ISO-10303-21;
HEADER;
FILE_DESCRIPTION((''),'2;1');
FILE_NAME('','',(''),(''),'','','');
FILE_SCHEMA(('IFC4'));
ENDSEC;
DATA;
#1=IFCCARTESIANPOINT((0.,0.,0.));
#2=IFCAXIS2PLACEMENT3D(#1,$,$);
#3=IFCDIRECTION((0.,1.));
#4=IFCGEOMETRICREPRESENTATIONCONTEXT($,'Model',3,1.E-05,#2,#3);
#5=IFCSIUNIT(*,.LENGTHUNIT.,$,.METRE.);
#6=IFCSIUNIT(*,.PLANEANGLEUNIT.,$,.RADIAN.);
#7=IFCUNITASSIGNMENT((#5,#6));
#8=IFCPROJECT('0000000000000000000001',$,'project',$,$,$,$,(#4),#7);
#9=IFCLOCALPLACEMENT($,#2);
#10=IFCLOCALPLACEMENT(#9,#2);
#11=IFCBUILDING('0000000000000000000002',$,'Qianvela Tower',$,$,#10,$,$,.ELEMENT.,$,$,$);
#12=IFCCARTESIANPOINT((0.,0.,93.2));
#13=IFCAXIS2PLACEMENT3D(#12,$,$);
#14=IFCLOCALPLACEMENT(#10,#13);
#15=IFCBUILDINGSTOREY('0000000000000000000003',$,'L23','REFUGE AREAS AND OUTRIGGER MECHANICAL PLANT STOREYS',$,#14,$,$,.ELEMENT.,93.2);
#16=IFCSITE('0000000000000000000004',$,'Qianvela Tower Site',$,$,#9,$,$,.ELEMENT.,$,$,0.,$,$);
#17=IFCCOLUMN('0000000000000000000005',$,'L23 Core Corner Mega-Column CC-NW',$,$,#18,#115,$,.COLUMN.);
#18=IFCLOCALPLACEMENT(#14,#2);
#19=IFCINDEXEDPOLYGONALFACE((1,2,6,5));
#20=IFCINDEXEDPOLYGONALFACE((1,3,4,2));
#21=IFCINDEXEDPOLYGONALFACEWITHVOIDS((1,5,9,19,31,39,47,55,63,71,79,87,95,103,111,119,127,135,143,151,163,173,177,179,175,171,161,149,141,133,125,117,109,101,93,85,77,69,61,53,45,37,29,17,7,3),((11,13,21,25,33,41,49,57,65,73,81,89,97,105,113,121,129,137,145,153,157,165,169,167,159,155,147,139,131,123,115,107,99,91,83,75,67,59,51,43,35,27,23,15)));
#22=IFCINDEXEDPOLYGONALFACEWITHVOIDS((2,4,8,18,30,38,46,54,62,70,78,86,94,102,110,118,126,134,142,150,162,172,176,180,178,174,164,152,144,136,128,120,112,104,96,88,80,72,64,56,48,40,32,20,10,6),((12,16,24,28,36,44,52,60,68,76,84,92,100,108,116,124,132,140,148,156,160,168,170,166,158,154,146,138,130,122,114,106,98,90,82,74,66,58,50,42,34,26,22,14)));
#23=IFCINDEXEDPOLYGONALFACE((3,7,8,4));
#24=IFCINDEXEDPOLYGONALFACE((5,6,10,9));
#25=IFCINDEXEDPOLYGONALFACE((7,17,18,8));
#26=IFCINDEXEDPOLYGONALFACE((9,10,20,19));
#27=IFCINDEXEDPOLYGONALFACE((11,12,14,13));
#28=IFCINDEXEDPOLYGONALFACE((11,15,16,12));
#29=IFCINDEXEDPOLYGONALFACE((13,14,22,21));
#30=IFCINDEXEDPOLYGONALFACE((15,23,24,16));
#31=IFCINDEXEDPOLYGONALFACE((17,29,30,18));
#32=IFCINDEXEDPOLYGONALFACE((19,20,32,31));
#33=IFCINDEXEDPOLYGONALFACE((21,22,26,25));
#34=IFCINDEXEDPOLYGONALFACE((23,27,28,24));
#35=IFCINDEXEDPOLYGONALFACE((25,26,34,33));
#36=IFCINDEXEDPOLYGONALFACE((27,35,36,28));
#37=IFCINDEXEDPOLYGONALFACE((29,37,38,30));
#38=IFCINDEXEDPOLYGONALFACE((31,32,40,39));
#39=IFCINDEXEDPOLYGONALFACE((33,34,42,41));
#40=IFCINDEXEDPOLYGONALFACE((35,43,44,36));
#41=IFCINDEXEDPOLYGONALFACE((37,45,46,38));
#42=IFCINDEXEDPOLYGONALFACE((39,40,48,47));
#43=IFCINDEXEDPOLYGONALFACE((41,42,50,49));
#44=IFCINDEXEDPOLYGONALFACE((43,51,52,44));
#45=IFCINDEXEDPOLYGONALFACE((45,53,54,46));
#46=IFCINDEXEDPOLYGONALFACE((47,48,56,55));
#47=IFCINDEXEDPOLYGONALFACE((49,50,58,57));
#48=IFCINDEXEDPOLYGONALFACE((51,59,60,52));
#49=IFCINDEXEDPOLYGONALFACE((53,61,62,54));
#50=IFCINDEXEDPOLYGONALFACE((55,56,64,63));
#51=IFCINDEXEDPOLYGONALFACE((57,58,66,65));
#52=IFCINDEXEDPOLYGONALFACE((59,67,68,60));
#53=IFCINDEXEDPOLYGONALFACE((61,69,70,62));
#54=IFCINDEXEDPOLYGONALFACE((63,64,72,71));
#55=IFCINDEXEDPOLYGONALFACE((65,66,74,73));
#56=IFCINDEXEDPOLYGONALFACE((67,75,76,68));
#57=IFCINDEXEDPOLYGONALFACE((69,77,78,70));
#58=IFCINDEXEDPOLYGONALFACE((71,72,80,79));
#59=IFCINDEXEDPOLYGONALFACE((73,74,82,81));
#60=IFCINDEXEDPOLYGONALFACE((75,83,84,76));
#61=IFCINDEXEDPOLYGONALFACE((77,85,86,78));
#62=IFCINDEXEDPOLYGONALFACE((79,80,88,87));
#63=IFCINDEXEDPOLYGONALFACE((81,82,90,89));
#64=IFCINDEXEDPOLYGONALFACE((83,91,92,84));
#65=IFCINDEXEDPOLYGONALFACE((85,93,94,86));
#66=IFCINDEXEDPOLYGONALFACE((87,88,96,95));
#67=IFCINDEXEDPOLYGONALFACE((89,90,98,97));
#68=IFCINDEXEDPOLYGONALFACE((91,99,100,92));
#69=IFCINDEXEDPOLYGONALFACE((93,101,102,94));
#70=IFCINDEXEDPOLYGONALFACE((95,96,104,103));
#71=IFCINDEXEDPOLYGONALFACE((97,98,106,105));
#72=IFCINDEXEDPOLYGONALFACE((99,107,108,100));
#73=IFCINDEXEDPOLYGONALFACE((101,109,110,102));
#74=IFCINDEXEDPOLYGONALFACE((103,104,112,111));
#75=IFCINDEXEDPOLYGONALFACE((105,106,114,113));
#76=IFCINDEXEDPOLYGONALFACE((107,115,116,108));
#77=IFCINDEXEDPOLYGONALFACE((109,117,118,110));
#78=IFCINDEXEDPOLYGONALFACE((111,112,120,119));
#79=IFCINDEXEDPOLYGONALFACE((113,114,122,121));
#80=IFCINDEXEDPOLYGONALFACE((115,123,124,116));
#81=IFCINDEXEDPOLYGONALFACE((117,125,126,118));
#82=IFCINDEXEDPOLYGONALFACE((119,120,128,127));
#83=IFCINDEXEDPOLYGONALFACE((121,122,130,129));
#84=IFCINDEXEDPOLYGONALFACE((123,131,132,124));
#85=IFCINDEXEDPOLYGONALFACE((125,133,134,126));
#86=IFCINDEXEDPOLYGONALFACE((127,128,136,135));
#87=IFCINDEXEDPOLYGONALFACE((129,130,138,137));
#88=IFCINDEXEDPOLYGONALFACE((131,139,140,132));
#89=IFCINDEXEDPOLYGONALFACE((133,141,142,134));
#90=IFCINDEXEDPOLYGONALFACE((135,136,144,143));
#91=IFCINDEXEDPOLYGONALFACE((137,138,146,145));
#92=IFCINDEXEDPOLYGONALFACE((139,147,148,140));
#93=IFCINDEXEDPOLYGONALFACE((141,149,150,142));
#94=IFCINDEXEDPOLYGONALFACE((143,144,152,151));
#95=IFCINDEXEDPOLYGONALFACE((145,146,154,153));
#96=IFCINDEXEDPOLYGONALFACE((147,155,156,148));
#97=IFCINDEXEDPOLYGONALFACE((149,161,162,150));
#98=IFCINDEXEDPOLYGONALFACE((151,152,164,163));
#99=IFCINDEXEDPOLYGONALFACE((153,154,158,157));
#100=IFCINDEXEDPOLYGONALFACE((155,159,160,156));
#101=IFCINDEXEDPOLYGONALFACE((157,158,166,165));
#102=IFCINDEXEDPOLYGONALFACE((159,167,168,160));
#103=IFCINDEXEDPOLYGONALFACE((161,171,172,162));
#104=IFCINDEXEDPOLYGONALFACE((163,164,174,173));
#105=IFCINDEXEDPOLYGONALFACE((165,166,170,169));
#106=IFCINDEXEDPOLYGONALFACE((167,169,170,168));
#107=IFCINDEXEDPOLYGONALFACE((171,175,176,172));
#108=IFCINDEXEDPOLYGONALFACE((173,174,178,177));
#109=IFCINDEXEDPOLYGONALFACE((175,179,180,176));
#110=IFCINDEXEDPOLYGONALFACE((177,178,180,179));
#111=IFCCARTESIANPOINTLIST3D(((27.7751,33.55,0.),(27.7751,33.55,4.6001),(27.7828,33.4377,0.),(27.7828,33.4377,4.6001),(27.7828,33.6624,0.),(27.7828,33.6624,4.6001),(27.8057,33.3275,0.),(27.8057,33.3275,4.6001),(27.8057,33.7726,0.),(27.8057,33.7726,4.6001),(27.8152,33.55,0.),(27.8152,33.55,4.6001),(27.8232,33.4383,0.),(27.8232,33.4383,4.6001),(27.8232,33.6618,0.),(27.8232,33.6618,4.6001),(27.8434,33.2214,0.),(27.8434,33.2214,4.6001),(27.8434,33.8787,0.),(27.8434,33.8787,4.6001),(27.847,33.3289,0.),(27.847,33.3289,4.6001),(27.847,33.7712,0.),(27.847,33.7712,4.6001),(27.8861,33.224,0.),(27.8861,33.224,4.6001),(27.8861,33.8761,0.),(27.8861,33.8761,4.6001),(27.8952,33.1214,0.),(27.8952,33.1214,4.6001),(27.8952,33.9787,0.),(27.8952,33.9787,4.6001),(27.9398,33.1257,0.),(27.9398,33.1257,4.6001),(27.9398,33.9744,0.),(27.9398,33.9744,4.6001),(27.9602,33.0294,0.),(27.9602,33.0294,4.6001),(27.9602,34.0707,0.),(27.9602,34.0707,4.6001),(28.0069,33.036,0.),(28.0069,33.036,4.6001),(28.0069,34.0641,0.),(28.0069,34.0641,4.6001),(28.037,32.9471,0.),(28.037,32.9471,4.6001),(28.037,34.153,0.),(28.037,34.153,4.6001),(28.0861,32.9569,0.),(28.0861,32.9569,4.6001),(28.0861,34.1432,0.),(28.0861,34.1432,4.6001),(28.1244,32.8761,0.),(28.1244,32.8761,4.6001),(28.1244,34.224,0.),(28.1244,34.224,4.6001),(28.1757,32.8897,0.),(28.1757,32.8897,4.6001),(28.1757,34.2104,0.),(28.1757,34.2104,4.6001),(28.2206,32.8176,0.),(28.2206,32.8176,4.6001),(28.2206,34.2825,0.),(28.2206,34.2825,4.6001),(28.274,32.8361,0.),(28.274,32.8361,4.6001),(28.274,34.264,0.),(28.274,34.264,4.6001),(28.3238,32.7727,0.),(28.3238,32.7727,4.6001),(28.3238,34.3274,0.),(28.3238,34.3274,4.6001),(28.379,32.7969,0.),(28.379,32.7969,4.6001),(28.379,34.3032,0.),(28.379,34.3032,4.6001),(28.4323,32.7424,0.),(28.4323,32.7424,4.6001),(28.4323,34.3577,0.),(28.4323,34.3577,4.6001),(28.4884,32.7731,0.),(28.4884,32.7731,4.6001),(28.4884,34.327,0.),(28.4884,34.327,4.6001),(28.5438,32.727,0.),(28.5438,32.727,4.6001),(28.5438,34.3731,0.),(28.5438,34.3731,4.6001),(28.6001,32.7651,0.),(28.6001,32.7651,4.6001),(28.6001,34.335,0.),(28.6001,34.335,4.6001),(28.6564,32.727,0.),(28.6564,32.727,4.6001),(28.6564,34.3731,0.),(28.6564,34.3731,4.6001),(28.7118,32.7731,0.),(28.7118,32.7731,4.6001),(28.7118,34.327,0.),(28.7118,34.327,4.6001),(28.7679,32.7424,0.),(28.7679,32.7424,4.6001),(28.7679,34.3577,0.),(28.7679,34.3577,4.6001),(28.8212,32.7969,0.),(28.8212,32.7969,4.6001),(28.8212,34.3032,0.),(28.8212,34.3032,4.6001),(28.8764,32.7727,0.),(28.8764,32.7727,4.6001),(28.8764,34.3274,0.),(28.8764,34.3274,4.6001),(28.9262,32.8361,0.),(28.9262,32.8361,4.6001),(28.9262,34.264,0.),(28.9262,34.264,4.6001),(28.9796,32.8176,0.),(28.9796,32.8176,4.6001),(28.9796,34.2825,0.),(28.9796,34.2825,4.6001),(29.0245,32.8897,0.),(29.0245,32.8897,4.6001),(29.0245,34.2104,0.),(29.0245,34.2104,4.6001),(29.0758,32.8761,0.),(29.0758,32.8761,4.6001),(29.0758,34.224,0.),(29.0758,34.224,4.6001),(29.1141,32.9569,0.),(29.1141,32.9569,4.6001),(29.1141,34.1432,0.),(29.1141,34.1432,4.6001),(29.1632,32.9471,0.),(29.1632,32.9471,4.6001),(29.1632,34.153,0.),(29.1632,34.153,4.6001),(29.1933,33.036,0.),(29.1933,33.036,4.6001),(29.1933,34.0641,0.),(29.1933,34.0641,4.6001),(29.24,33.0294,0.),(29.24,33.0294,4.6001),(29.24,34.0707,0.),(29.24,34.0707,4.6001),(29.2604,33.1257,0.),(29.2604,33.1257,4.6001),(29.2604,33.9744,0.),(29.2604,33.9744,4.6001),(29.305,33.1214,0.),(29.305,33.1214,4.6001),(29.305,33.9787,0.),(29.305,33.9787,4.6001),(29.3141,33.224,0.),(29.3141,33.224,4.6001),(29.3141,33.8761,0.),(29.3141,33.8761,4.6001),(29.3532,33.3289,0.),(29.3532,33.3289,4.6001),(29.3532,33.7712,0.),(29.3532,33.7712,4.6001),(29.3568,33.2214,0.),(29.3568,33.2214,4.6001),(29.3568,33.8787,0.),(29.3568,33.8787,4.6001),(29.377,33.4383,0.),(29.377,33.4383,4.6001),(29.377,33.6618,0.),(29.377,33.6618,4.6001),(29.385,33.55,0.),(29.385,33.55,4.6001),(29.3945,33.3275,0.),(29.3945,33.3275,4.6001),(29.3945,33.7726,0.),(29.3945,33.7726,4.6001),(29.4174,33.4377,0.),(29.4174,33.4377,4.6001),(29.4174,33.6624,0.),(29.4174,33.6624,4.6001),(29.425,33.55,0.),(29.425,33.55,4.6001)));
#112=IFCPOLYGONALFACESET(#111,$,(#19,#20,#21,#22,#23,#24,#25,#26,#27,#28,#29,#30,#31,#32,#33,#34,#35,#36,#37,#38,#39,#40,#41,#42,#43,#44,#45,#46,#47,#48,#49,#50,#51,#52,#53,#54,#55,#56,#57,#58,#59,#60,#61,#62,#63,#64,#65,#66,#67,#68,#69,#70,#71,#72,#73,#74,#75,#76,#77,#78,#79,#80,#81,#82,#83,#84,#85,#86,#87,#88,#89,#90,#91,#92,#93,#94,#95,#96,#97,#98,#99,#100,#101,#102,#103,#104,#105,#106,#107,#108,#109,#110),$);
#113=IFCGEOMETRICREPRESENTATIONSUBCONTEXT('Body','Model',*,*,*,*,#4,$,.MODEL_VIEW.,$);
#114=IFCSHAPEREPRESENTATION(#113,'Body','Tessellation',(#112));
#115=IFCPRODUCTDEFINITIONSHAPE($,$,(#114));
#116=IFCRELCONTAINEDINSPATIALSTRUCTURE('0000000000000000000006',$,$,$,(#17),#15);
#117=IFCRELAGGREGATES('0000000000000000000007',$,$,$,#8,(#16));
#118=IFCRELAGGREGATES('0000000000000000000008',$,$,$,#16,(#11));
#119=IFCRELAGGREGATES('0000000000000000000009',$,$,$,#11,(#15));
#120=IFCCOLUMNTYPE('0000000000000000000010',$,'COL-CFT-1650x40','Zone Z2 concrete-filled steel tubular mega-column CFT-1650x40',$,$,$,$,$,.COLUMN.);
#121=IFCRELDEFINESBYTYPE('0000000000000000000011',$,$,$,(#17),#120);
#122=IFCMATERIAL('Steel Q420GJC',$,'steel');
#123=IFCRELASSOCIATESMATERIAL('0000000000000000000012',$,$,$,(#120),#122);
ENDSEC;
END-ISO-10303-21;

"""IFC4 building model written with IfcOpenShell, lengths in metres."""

from ifc_helpers import new_model, si_unit, direction, frame, origin, origin_2d, place, context, subcontext, project, spatial, hollow_circle, extrude, material, material_profile, profile_set, type_object, element, save


model = new_model("IFC4")

# Units and contexts
model_context = context("Model", 3, precision=1e-05, world=origin(), true_north=direction((0.0, 1.0)))
body_context = subcontext(model_context, "Body", "Model", "MODEL_VIEW")
ifc_project = project(units=[si_unit("LENGTHUNIT", "METRE"), si_unit("PLANEANGLEUNIT", "RADIAN")], contexts=[model_context])

# Site, building, storey
site_placement = place(None, origin())
site = spatial("IfcSite", under=ifc_project, at=site_placement, Name="Qianvela Tower Site", CompositionType="ELEMENT", RefElevation=0.0)
building_placement = place(site_placement, origin())
building = spatial("IfcBuilding", under=site, at=building_placement, Name="Qianvela Tower", CompositionType="ELEMENT")
storey_placement = place(building_placement, frame((0.0, 0.0, 93.2)))
storey = spatial("IfcBuildingStorey", under=building, at=storey_placement, Name="L23", Description="REFUGE AREAS AND OUTRIGGER MECHANICAL PLANT STOREYS", CompositionType="ELEMENT", Elevation=93.2)

# Column
ifc_material_1 = material(Name="Steel Q420GJC", Category="steel")
ifc_material_profile_1 = material_profile(ifc_material_1, hollow_circle(Radius=0.825, WallThickness=0.04, at=origin_2d()), Name="CFT-1650x40")
ifc_profile_set_1 = profile_set([ifc_material_profile_1], Name="Steel Q420GJC")
column_type = type_object("IfcColumnType", Name="COL-CFT-1650x40", Description="Zone Z2 concrete-filled steel tubular mega-column CFT-1650x40", PredefinedType="COLUMN", material=ifc_profile_set_1)
for number, where, z_axis, x_axis, name in (
    (1, (28.6001, 33.55, 0.0), (0.0, 0.0, 1.0), (1.0, 0.0, 0.0), "L23 Core Corner Mega-Column CC-NW"),
):
    element("IfcColumn", number, at=place(storey_placement, frame(where, z_axis=z_axis, x_axis=x_axis)), inside=storey, type_object=column_type, Name=name, PredefinedType="COLUMN", context=body_context, shape_type="SweptSolid", body=[
        extrude(hollow_circle(Radius=0.825, WallThickness=0.04, at=origin_2d()), origin(), (0.0, 0.0, 1.0), 4.6001),
    ])

save(model, "model.ifc")
